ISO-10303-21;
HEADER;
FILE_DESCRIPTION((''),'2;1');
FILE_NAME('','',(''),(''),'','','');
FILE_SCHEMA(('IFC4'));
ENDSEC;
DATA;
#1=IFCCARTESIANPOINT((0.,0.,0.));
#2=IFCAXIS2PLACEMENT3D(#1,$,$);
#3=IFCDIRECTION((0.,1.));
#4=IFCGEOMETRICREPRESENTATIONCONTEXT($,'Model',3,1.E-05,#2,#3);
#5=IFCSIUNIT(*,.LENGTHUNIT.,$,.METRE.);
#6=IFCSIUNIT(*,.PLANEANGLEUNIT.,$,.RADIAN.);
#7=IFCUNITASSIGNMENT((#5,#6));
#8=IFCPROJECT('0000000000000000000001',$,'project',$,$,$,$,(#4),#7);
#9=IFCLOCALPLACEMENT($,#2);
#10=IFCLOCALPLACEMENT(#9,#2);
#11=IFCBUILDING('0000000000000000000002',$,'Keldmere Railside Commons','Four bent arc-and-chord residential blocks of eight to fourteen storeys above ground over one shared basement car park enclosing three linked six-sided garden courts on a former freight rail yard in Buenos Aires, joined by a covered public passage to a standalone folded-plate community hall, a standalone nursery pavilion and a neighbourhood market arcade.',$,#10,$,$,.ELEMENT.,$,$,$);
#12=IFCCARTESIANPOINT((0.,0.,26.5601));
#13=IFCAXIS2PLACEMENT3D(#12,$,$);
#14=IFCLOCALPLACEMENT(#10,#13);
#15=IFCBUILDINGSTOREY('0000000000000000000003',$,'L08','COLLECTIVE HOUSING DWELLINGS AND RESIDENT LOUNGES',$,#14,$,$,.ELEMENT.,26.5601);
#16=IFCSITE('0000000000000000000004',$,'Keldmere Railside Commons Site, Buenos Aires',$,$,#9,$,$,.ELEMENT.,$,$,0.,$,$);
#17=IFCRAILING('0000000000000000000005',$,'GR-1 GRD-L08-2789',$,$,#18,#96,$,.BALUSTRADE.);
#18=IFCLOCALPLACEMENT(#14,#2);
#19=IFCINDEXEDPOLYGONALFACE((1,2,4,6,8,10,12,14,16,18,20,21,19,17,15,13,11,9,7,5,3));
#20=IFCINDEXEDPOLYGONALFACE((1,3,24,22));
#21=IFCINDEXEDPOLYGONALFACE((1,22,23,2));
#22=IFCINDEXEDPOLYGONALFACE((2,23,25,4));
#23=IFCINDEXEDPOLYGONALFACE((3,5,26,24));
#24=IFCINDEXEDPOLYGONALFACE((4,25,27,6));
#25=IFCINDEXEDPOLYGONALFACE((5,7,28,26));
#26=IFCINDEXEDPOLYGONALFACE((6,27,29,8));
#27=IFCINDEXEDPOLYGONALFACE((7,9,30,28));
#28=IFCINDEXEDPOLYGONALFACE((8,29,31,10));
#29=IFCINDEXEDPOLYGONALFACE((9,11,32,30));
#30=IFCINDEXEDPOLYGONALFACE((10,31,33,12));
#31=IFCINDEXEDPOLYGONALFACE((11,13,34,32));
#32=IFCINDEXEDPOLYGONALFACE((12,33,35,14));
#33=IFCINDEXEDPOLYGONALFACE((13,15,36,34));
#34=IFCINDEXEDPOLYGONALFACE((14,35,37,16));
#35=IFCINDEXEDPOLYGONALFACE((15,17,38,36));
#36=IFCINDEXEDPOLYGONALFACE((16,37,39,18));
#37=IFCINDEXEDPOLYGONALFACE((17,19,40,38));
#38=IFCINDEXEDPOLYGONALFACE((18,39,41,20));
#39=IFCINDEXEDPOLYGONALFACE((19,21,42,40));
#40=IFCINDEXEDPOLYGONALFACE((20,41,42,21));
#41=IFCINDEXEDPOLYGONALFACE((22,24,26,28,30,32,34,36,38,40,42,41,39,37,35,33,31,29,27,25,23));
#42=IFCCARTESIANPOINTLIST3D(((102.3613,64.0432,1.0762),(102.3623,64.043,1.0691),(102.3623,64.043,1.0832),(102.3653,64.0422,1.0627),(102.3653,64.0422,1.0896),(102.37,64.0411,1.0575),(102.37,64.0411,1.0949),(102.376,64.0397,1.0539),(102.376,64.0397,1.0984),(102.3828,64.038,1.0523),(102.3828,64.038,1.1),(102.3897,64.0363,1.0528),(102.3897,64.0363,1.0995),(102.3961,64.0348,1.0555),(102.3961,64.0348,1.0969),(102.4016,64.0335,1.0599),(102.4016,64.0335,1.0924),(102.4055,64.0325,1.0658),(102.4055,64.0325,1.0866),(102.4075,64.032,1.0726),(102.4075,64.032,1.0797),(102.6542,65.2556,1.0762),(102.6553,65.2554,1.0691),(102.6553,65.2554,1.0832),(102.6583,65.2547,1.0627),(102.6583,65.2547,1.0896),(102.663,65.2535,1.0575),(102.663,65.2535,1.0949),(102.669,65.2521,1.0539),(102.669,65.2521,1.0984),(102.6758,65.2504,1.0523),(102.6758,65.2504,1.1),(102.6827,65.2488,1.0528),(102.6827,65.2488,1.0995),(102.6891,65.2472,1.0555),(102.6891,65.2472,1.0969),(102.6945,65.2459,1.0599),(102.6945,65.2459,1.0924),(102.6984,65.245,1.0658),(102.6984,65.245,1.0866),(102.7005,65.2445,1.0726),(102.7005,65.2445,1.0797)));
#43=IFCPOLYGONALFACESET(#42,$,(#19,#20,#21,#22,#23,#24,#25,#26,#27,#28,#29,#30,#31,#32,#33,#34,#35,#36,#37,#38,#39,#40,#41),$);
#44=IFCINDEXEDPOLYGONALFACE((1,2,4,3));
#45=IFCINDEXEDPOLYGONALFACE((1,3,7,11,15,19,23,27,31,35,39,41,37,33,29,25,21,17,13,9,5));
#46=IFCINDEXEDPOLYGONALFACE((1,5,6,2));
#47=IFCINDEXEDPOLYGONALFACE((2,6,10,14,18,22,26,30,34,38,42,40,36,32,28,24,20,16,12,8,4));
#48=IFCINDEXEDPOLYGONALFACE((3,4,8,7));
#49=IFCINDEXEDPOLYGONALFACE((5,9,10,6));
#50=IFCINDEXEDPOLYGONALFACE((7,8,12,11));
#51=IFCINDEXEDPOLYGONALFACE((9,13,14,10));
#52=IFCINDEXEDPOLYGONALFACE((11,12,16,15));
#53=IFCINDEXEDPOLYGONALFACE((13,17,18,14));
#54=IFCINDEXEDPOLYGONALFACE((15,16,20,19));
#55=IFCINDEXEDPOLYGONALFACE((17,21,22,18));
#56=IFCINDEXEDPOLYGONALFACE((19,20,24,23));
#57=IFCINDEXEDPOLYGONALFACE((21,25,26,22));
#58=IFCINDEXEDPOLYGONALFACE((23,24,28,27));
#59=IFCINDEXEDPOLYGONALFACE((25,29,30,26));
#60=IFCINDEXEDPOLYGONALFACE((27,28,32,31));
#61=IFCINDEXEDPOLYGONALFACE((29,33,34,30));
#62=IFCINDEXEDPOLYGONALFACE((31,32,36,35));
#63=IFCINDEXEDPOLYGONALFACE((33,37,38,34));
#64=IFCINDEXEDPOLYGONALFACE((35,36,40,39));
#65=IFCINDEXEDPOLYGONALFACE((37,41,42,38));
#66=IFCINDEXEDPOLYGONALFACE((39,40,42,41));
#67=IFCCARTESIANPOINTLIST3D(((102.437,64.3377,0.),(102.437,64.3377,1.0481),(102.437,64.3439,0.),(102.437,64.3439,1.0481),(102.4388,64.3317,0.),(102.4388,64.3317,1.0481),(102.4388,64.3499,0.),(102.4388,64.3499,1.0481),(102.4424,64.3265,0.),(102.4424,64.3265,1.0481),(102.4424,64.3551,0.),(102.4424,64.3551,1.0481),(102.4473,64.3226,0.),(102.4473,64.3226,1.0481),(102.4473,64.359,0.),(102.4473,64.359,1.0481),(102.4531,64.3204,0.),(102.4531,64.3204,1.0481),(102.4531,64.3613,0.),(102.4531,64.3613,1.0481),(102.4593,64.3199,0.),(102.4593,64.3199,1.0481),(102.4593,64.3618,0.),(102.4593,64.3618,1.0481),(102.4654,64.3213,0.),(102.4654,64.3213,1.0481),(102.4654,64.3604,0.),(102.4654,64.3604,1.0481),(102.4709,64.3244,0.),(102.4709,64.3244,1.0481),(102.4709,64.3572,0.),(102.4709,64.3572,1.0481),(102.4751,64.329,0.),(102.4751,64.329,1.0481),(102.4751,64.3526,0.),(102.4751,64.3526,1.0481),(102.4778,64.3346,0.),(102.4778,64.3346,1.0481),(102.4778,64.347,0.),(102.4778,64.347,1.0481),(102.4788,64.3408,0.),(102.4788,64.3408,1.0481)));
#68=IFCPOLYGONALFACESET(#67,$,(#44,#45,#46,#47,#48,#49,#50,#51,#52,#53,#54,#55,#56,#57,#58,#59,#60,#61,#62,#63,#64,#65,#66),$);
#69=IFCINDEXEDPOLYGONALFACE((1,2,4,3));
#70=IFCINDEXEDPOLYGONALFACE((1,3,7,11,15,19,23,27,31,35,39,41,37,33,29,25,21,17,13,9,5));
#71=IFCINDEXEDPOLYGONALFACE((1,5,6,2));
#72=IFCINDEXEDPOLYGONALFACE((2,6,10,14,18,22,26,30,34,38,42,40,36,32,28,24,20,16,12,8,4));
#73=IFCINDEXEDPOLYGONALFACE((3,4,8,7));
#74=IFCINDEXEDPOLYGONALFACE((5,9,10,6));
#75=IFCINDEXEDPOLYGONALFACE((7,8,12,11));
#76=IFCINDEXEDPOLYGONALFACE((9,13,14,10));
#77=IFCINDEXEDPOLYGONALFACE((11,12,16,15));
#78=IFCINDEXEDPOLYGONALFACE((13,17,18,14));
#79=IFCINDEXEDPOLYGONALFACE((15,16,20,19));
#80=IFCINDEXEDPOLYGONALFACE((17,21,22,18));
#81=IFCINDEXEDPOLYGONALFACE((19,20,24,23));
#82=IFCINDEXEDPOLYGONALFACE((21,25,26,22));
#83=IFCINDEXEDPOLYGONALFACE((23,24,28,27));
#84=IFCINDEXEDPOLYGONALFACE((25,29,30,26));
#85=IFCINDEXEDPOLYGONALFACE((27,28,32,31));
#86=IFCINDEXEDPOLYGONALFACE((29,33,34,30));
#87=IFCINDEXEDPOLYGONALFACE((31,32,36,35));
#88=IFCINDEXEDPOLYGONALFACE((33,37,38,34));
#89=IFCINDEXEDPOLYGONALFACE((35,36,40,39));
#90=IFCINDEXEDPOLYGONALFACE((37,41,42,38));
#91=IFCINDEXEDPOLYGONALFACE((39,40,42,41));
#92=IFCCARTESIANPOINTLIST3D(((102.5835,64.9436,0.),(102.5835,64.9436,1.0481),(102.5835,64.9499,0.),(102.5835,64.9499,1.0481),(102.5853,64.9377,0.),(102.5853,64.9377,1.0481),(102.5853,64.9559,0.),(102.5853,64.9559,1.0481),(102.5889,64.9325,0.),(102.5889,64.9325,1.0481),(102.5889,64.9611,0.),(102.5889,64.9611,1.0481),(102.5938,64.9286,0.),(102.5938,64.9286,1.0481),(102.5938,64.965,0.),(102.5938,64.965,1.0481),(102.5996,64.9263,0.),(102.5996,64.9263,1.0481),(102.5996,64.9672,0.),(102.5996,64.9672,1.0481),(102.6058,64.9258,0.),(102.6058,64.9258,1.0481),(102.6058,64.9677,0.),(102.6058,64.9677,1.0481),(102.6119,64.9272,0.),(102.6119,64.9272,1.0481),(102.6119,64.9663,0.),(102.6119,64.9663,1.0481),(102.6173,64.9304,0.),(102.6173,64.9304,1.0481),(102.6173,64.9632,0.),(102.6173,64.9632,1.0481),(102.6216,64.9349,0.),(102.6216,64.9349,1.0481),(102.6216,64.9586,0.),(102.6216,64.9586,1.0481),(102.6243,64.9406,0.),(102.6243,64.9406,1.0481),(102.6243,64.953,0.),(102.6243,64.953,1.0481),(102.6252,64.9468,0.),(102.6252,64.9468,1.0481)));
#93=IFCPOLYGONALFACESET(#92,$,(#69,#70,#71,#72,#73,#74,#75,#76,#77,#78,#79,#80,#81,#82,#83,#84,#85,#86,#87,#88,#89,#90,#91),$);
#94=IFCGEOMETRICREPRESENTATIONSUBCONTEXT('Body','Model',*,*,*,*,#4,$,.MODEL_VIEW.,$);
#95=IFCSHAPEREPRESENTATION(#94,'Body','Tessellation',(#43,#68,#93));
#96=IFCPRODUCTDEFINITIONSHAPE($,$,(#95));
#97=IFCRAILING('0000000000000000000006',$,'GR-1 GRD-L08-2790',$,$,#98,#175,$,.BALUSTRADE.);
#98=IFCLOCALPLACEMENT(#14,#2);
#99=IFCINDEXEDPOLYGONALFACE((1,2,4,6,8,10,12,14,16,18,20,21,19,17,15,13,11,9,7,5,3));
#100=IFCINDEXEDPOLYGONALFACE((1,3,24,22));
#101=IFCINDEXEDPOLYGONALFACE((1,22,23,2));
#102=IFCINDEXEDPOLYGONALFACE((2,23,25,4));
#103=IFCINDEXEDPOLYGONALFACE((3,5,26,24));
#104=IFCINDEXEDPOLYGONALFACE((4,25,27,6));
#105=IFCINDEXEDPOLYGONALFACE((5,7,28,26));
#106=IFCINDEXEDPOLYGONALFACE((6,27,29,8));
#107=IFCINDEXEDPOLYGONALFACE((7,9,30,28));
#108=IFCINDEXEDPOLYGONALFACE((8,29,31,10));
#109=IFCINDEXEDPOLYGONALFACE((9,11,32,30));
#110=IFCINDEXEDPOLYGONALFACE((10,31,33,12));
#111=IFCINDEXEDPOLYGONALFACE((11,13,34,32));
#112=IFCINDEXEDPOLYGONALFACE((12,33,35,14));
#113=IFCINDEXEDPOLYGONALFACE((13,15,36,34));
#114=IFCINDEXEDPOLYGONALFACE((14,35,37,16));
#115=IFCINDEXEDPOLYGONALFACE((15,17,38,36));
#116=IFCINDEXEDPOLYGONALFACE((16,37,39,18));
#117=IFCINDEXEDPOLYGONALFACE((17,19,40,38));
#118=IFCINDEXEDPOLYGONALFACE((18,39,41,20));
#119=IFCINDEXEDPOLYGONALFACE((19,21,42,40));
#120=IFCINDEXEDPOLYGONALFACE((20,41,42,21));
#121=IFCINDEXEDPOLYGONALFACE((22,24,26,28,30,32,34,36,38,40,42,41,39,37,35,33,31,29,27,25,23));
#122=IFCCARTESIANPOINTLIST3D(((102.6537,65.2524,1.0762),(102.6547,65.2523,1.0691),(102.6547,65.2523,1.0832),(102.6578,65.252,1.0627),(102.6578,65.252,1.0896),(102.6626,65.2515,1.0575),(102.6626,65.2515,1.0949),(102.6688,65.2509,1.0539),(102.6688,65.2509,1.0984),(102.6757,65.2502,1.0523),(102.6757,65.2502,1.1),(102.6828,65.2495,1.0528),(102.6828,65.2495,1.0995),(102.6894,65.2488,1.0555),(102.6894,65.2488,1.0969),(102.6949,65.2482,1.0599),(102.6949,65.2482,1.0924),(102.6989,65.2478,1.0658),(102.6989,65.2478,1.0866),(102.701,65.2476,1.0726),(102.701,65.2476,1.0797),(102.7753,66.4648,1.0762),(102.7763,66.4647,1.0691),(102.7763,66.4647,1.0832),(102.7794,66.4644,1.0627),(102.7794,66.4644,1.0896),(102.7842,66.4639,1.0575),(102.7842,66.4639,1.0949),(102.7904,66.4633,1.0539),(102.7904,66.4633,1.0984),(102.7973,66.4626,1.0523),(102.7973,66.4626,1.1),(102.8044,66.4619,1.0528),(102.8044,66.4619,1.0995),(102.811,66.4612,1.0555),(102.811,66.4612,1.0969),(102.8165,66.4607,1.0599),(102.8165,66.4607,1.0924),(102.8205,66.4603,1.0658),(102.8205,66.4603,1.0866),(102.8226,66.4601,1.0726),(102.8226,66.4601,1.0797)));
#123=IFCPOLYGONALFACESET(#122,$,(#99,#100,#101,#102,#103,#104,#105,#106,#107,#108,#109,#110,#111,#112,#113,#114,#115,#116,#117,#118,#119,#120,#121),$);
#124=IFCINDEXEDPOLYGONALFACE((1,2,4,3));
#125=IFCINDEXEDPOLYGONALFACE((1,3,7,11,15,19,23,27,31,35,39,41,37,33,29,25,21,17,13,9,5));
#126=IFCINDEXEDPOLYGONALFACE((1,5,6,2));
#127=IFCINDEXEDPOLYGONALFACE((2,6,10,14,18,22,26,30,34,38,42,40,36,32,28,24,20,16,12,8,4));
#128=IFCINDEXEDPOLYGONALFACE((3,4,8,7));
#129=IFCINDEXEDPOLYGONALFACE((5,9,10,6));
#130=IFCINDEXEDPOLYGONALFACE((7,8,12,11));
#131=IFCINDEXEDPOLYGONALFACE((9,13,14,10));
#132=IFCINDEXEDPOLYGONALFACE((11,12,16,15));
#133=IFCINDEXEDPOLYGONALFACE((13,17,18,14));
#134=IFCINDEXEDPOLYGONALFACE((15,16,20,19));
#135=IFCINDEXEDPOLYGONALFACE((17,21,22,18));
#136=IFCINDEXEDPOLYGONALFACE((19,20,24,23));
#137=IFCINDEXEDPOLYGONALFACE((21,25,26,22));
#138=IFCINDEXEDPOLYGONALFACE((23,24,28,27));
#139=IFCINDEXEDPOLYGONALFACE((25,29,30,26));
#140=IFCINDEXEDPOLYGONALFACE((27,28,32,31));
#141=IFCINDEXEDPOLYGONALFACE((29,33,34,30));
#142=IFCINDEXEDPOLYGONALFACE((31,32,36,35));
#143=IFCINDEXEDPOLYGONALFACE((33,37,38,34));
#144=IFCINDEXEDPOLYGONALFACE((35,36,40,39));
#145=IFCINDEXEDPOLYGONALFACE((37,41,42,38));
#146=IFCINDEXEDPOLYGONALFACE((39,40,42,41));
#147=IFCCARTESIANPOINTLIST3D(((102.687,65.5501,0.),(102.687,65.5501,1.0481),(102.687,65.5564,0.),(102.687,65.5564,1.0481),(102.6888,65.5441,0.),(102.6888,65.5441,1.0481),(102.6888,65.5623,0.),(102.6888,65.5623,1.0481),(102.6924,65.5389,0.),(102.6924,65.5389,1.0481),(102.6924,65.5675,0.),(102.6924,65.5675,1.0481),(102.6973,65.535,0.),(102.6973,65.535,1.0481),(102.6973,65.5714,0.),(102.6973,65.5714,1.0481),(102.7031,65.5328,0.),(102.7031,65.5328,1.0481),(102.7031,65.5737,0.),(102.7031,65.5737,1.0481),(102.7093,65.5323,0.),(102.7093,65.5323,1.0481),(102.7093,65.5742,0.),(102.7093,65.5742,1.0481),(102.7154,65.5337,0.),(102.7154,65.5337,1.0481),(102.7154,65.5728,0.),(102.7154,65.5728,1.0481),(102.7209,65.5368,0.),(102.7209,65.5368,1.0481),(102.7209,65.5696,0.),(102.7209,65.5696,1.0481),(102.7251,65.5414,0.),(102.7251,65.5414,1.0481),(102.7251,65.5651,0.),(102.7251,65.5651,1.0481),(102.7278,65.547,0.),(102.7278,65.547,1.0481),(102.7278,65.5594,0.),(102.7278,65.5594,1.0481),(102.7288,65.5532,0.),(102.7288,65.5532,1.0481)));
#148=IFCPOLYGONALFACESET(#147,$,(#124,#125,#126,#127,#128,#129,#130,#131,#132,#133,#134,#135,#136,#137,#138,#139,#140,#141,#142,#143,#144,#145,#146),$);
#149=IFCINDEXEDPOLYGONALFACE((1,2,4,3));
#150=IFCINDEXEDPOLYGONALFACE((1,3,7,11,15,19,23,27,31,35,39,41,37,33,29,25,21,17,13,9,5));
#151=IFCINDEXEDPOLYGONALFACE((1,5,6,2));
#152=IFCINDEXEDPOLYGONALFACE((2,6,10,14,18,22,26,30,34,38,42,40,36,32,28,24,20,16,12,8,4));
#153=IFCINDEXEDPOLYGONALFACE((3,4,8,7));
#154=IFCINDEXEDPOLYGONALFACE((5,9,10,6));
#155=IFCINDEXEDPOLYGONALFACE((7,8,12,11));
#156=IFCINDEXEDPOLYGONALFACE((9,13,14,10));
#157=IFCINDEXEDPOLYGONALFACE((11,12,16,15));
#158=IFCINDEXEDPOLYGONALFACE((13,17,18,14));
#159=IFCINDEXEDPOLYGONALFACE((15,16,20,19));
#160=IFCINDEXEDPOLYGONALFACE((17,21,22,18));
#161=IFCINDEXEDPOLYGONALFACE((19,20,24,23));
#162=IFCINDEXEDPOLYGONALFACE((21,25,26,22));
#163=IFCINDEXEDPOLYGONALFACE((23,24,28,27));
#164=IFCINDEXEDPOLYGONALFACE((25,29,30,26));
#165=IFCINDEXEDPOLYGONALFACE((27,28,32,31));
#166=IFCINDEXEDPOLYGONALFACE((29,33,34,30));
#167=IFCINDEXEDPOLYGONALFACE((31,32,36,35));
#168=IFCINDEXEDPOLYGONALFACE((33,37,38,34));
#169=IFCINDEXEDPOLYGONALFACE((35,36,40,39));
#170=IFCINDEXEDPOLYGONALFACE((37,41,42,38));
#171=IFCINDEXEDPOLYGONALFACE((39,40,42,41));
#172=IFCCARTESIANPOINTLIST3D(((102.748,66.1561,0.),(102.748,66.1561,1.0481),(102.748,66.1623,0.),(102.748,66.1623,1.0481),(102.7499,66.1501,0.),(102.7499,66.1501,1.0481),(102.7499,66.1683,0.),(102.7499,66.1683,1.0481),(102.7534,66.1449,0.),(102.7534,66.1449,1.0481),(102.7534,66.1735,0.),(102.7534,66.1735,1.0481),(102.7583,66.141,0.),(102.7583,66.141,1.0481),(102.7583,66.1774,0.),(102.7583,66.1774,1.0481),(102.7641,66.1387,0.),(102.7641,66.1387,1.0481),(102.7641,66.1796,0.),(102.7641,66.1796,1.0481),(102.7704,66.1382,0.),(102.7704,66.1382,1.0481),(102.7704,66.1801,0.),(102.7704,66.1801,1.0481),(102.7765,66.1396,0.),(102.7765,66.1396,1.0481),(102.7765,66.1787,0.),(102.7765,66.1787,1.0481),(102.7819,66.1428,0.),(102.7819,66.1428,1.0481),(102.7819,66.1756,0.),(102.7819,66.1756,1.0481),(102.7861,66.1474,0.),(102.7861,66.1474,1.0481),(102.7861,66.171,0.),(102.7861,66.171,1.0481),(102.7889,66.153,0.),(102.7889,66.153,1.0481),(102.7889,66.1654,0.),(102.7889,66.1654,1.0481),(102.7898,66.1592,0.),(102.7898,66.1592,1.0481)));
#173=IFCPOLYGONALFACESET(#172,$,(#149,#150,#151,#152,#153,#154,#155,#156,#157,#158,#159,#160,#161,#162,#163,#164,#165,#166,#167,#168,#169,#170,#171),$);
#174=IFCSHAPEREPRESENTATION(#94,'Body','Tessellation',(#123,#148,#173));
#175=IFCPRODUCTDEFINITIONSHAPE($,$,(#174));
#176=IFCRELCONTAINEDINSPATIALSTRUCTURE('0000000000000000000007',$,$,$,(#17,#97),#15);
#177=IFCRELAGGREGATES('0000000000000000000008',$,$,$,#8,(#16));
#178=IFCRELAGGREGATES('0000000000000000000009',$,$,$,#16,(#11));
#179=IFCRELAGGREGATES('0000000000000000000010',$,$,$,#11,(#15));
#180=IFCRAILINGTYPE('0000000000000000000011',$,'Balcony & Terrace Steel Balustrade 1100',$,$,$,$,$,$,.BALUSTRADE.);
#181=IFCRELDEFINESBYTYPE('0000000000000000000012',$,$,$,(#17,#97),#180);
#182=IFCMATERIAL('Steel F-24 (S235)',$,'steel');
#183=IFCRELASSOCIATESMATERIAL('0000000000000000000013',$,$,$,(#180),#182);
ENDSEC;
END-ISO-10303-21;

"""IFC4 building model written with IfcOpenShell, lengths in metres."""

from ifc_helpers import new_model, si_unit, direction, frame, origin, origin_2d, place, context, subcontext, project, spatial, circle, extrude, material, type_object, element, save


model = new_model("IFC4")

# Units and contexts
model_context = context("Model", 3, precision=1e-05, world=origin(), true_north=direction((0.0, 1.0)))
body_context = subcontext(model_context, "Body", "Model", "MODEL_VIEW")
ifc_project = project(units=[si_unit("LENGTHUNIT", "METRE"), si_unit("PLANEANGLEUNIT", "RADIAN")], contexts=[model_context])

# Site, building, storey
site_placement = place(None, origin())
site = spatial("IfcSite", under=ifc_project, at=site_placement, Name="Keldmere Railside Commons Site, Buenos Aires", CompositionType="ELEMENT", RefElevation=0.0)
building_placement = place(site_placement, origin())
building = spatial("IfcBuilding", under=site, at=building_placement, Name="Keldmere Railside Commons", Description="Four bent arc-and-chord residential blocks of eight to fourteen storeys above ground over one shared basement car park enclosing three linked six-sided garden courts on a former freight rail yard in Buenos Aires, joined by a covered public passage to a standalone folded-plate community hall, a standalone nursery pavilion and a neighbourhood market arcade.", CompositionType="ELEMENT")
storey_placement = place(building_placement, frame((0.0, 0.0, 26.5601)))
storey = spatial("IfcBuildingStorey", under=building, at=storey_placement, Name="L08", Description="COLLECTIVE HOUSING DWELLINGS AND RESIDENT LOUNGES", CompositionType="ELEMENT", Elevation=26.5601)

# Railings
ifc_material_1 = material(Name="Steel F-24 (S235)", Category="steel")
railing_type_1 = type_object("IfcRailingType", Name="Balcony & Terrace Steel Balustrade 1100", PredefinedType="BALUSTRADE", material=ifc_material_1)
railing_1_placement = place(storey_placement, frame((102.3845, 64.0376, 0.0)))
element("IfcRailing", 1, at=railing_1_placement, inside=storey, type_object=railing_type_1, Name="GR-1 GRD-L08-2789", PredefinedType="BALUSTRADE", context=body_context, shape_type="SweptSolid", body=[
    extrude(circle(Radius=0.0239, at=origin_2d()), frame((0.0, 0.0, 1.0762), z_axis=(0.234883, 0.972024, 0.0), x_axis=(-0.972024, 0.234883, 0.0)), (0.0, 0.0, 1.0), 1.2473),
    extrude(circle(Radius=0.021, at=origin_2d()), frame((0.0732, 0.3032, 0.0)), (0.0, 0.0, 1.0), 1.0481),
    extrude(circle(Radius=0.021, at=origin_2d()), frame((0.2197, 0.9092, 0.0)), (0.0, 0.0, 1.0), 1.0481),
])
railing_2_placement = place(storey_placement, frame((102.6775, 65.25, 0.0)))
element("IfcRailing", 2, at=railing_2_placement, inside=storey, type_object=railing_type_1, Name="GR-1 GRD-L08-2790", PredefinedType="BALUSTRADE", context=body_context, shape_type="SweptSolid", body=[
    extrude(circle(Radius=0.0239, at=origin_2d()), frame((0.0, 0.0, 1.0762), z_axis=(0.099781, 0.995009, 0.0), x_axis=(-0.995009, 0.099781, 0.0)), (0.0, 0.0, 1.0), 1.2185),
    extrude(circle(Radius=0.021, at=origin_2d()), frame((0.0303, 0.3032, 0.0)), (0.0, 0.0, 1.0), 1.0481),
    extrude(circle(Radius=0.021, at=origin_2d()), frame((0.0913, 0.9092, 0.0)), (0.0, 0.0, 1.0), 1.0481),
])

save(model, "model.ifc")
